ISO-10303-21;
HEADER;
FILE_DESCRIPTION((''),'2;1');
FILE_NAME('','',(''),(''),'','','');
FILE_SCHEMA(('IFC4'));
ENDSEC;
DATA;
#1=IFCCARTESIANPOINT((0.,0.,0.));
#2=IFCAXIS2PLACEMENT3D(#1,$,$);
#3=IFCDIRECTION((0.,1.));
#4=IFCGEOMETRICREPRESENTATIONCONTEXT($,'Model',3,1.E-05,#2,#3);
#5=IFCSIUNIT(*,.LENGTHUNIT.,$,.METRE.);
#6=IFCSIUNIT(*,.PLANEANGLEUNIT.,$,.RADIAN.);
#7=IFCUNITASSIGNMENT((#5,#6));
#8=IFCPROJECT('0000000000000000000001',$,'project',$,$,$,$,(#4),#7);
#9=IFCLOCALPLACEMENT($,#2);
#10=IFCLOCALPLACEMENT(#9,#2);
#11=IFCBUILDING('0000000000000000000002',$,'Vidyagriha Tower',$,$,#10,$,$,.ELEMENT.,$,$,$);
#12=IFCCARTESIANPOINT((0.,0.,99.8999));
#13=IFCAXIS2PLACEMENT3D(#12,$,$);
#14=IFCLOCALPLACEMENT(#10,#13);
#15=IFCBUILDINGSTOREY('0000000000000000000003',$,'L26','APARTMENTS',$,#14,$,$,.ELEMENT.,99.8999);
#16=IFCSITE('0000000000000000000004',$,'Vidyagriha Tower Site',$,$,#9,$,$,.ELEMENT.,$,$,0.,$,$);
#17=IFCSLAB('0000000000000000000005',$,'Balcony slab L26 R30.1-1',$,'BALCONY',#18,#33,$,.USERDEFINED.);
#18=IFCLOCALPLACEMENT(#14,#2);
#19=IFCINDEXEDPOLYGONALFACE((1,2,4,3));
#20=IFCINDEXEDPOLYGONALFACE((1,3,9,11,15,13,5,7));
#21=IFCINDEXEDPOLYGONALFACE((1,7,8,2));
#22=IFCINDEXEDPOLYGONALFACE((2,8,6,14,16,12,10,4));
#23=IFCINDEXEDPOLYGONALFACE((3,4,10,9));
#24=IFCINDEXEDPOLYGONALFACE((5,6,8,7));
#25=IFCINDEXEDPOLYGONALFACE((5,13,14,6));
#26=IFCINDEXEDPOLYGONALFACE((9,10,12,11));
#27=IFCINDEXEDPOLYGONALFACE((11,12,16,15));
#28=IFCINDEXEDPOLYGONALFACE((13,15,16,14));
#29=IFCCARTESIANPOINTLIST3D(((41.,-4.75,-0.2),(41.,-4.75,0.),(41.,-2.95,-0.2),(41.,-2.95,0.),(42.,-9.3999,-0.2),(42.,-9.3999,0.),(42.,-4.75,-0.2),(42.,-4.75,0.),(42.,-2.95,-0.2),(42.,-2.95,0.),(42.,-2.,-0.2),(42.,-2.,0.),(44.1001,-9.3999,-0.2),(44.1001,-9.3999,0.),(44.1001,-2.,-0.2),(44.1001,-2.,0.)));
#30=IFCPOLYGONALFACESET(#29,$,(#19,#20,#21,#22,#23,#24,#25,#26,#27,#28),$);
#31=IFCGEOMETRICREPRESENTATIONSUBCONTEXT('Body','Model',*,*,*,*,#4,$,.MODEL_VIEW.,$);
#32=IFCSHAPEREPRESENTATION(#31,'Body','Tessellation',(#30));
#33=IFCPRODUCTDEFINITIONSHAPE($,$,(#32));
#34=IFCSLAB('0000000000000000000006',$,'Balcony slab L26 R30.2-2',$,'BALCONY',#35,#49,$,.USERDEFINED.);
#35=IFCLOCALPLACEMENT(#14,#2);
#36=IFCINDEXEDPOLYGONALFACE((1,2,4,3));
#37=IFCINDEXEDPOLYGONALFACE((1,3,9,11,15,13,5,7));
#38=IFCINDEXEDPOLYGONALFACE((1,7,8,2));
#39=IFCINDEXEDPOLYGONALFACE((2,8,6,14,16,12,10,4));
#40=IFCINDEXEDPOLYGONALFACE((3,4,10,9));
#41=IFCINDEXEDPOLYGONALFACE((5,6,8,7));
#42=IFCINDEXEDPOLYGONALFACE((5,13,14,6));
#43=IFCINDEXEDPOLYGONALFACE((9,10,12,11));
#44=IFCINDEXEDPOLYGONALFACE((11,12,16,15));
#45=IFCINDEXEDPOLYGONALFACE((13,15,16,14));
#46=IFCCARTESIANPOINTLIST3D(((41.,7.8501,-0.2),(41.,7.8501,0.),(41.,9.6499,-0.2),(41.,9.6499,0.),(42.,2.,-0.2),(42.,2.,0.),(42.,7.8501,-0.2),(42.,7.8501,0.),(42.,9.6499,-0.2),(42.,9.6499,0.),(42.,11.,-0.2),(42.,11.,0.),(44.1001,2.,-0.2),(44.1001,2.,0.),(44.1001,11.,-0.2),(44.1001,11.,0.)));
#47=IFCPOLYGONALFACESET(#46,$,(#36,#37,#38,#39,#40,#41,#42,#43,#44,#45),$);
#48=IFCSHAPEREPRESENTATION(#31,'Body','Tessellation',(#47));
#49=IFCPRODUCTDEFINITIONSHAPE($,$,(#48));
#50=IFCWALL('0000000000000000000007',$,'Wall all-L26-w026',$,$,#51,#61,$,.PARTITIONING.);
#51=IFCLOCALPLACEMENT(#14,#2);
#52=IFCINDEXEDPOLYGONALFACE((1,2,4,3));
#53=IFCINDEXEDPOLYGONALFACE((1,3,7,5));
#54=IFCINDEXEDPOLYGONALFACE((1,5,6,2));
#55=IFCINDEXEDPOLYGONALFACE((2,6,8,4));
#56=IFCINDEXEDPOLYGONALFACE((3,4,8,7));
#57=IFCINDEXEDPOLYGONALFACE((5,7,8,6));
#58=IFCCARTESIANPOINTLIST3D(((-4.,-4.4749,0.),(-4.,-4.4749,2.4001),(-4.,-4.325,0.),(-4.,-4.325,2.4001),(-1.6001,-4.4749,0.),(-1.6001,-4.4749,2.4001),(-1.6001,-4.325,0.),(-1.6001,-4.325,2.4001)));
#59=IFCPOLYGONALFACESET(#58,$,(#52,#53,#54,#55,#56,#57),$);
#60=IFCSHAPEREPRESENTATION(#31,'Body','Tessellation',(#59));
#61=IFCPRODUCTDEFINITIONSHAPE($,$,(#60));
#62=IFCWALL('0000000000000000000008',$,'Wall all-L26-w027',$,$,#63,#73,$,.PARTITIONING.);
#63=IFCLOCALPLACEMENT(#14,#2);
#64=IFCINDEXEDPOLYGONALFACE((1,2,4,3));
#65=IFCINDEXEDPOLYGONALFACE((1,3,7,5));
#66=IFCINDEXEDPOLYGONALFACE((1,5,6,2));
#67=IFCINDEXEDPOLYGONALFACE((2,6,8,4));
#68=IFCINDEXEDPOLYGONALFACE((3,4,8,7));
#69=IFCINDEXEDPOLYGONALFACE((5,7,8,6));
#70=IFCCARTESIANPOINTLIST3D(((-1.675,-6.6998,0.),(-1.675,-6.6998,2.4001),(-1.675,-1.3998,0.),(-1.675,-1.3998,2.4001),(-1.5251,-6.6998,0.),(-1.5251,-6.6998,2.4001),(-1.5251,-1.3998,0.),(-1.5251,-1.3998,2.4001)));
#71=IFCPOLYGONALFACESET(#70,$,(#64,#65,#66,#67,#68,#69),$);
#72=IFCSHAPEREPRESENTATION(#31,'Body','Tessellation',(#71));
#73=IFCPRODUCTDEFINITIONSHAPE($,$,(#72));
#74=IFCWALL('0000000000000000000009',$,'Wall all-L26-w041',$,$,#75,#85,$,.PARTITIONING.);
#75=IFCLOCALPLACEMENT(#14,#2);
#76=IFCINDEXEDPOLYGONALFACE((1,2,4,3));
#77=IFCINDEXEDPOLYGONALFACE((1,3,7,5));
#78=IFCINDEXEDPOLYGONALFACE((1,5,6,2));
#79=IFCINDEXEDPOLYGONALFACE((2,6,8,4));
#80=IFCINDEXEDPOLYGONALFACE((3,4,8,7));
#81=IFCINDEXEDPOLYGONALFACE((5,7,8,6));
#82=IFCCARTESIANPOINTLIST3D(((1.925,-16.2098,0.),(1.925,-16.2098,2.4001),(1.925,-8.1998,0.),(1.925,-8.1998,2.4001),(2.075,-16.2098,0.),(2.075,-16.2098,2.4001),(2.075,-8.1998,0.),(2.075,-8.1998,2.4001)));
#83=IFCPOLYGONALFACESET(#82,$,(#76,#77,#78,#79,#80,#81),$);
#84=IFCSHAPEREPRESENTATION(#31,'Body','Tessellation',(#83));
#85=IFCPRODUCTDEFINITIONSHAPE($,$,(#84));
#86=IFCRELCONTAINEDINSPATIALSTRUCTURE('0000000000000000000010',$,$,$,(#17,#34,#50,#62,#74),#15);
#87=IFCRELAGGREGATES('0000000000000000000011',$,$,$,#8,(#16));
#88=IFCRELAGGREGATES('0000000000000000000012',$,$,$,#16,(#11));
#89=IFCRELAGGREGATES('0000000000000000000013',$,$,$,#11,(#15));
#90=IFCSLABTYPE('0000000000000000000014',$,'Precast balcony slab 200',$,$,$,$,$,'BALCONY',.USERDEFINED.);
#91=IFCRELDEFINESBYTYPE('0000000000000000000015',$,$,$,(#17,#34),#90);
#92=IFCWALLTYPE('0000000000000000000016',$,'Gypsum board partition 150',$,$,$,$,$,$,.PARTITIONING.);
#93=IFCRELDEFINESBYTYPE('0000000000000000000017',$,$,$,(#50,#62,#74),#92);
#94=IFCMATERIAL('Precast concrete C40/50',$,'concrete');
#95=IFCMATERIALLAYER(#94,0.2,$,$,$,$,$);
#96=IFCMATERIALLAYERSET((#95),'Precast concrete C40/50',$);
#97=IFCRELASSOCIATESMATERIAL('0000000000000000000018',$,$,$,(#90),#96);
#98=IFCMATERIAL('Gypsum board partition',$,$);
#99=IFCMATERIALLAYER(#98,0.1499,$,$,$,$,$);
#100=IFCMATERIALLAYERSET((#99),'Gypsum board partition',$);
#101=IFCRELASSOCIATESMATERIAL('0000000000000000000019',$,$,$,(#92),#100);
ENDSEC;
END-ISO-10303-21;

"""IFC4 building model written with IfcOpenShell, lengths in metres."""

from ifc_helpers import new_model, si_unit, direction, frame, frame_2d, origin, place, context, subcontext, project, spatial, polyline, rectangle, outline, extrude, material, layer, layer_set, type_object, element, save


model = new_model("IFC4")

# Units and contexts
model_context = context("Model", 3, precision=1e-05, world=origin(), true_north=direction((0.0, 1.0)))
body_context = subcontext(model_context, "Body", "Model", "MODEL_VIEW")
ifc_project = project(units=[si_unit("LENGTHUNIT", "METRE"), si_unit("PLANEANGLEUNIT", "RADIAN")], contexts=[model_context])

# Site, building, storey
site_placement = place(None, origin())
site = spatial("IfcSite", under=ifc_project, at=site_placement, Name="Vidyagriha Tower Site", CompositionType="ELEMENT", RefElevation=0.0)
building_placement = place(site_placement, origin())
building = spatial("IfcBuilding", under=site, at=building_placement, Name="Vidyagriha Tower", CompositionType="ELEMENT")
storey_placement = place(building_placement, frame((0.0, 0.0, 99.8999)))
storey = spatial("IfcBuildingStorey", under=building, at=storey_placement, Name="L26", Description="APARTMENTS", CompositionType="ELEMENT", Elevation=99.8999)

# Slabs
ifc_material_1 = material(Name="Precast concrete C40/50", Category="concrete")
ifc_layer_1 = layer(ifc_material_1, 0.2)
ifc_layer_set_1 = layer_set([ifc_layer_1], Name="Precast concrete C40/50")
slab_type_1 = type_object("IfcSlabType", Name="Precast balcony slab 200", ElementType="BALCONY", PredefinedType="USERDEFINED", material=ifc_layer_set_1)
slab_1_placement = place(storey_placement, frame((0.0, 0.0, -0.2)))
element("IfcSlab", 1, at=slab_1_placement, inside=storey, type_object=slab_type_1, Name="Balcony slab L26 R30.1-1", ObjectType="BALCONY", PredefinedType="USERDEFINED", context=body_context, shape_type="SweptSolid", body=[
    extrude(outline(polyline([(42.0, -4.75), (42.0, -9.3999), (44.1001, -9.3999), (44.1001, -2.0), (42.0, -2.0), (42.0, -2.95), (41.0, -2.95), (41.0, -4.75), (42.0, -4.75)])), origin(), (0.0, 0.0, 1.0), 0.2),
])
slab_2_placement = place(storey_placement, frame((0.0, 0.0, -0.2)))
element("IfcSlab", 2, at=slab_2_placement, inside=storey, type_object=slab_type_1, Name="Balcony slab L26 R30.2-2", ObjectType="BALCONY", PredefinedType="USERDEFINED", context=body_context, shape_type="SweptSolid", body=[
    extrude(outline(polyline([(42.0, 7.8501), (42.0, 2.0), (44.1001, 2.0), (44.1001, 11.0), (42.0, 11.0), (42.0, 9.6499), (41.0, 9.6499), (41.0, 7.8501), (42.0, 7.8501)])), origin(), (0.0, 0.0, 1.0), 0.2),
])

# Walls
ifc_material_2 = material(Name="Gypsum board partition")
ifc_layer_2 = layer(ifc_material_2, 0.1499)
ifc_layer_set_2 = layer_set([ifc_layer_2], Name="Gypsum board partition")
wall_type = type_object("IfcWallType", Name="Gypsum board partition 150", PredefinedType="PARTITIONING", material=ifc_layer_set_2)
wall_1_placement = place(storey_placement, frame((-1.6001, -4.3999, 0.0), z_axis=(0.0, 0.0, 1.0), x_axis=(-1.0, 0.0, 0.0)))
element("IfcWall", 3, at=wall_1_placement, inside=storey, type_object=wall_type, Name="Wall all-L26-w026", PredefinedType="PARTITIONING", context=body_context, shape_type="SweptSolid", body=[
    extrude(rectangle(XDim=2.3999, YDim=0.1499, at=frame_2d((1.2, 0.0))), origin(), (0.0, 0.0, 1.0), 2.4001),
])
wall_2_placement = place(storey_placement, frame((-1.6001, -1.3999, 0.0), z_axis=(0.0, 0.0, 1.0), x_axis=(0.0, -1.0, 0.0)))
element("IfcWall", 4, at=wall_2_placement, inside=storey, type_object=wall_type, Name="Wall all-L26-w027", PredefinedType="PARTITIONING", context=body_context, shape_type="SweptSolid", body=[
    extrude(rectangle(XDim=5.3, YDim=0.1499, at=frame_2d((2.6499, 0.0))), origin(), (0.0, 0.0, 1.0), 2.4001),
])
wall_3_placement = place(storey_placement, frame((2.0, -8.2, 0.0), z_axis=(0.0, 0.0, 1.0), x_axis=(0.0, -1.0, 0.0)))
element("IfcWall", 5, at=wall_3_placement, inside=storey, type_object=wall_type, Name="Wall all-L26-w041", PredefinedType="PARTITIONING", context=body_context, shape_type="SweptSolid", body=[
    extrude(rectangle(XDim=8.01, YDim=0.1499, at=frame_2d((4.0049, 0.0))), origin(), (0.0, 0.0, 1.0), 2.4001),
])

save(model, "model.ifc")
